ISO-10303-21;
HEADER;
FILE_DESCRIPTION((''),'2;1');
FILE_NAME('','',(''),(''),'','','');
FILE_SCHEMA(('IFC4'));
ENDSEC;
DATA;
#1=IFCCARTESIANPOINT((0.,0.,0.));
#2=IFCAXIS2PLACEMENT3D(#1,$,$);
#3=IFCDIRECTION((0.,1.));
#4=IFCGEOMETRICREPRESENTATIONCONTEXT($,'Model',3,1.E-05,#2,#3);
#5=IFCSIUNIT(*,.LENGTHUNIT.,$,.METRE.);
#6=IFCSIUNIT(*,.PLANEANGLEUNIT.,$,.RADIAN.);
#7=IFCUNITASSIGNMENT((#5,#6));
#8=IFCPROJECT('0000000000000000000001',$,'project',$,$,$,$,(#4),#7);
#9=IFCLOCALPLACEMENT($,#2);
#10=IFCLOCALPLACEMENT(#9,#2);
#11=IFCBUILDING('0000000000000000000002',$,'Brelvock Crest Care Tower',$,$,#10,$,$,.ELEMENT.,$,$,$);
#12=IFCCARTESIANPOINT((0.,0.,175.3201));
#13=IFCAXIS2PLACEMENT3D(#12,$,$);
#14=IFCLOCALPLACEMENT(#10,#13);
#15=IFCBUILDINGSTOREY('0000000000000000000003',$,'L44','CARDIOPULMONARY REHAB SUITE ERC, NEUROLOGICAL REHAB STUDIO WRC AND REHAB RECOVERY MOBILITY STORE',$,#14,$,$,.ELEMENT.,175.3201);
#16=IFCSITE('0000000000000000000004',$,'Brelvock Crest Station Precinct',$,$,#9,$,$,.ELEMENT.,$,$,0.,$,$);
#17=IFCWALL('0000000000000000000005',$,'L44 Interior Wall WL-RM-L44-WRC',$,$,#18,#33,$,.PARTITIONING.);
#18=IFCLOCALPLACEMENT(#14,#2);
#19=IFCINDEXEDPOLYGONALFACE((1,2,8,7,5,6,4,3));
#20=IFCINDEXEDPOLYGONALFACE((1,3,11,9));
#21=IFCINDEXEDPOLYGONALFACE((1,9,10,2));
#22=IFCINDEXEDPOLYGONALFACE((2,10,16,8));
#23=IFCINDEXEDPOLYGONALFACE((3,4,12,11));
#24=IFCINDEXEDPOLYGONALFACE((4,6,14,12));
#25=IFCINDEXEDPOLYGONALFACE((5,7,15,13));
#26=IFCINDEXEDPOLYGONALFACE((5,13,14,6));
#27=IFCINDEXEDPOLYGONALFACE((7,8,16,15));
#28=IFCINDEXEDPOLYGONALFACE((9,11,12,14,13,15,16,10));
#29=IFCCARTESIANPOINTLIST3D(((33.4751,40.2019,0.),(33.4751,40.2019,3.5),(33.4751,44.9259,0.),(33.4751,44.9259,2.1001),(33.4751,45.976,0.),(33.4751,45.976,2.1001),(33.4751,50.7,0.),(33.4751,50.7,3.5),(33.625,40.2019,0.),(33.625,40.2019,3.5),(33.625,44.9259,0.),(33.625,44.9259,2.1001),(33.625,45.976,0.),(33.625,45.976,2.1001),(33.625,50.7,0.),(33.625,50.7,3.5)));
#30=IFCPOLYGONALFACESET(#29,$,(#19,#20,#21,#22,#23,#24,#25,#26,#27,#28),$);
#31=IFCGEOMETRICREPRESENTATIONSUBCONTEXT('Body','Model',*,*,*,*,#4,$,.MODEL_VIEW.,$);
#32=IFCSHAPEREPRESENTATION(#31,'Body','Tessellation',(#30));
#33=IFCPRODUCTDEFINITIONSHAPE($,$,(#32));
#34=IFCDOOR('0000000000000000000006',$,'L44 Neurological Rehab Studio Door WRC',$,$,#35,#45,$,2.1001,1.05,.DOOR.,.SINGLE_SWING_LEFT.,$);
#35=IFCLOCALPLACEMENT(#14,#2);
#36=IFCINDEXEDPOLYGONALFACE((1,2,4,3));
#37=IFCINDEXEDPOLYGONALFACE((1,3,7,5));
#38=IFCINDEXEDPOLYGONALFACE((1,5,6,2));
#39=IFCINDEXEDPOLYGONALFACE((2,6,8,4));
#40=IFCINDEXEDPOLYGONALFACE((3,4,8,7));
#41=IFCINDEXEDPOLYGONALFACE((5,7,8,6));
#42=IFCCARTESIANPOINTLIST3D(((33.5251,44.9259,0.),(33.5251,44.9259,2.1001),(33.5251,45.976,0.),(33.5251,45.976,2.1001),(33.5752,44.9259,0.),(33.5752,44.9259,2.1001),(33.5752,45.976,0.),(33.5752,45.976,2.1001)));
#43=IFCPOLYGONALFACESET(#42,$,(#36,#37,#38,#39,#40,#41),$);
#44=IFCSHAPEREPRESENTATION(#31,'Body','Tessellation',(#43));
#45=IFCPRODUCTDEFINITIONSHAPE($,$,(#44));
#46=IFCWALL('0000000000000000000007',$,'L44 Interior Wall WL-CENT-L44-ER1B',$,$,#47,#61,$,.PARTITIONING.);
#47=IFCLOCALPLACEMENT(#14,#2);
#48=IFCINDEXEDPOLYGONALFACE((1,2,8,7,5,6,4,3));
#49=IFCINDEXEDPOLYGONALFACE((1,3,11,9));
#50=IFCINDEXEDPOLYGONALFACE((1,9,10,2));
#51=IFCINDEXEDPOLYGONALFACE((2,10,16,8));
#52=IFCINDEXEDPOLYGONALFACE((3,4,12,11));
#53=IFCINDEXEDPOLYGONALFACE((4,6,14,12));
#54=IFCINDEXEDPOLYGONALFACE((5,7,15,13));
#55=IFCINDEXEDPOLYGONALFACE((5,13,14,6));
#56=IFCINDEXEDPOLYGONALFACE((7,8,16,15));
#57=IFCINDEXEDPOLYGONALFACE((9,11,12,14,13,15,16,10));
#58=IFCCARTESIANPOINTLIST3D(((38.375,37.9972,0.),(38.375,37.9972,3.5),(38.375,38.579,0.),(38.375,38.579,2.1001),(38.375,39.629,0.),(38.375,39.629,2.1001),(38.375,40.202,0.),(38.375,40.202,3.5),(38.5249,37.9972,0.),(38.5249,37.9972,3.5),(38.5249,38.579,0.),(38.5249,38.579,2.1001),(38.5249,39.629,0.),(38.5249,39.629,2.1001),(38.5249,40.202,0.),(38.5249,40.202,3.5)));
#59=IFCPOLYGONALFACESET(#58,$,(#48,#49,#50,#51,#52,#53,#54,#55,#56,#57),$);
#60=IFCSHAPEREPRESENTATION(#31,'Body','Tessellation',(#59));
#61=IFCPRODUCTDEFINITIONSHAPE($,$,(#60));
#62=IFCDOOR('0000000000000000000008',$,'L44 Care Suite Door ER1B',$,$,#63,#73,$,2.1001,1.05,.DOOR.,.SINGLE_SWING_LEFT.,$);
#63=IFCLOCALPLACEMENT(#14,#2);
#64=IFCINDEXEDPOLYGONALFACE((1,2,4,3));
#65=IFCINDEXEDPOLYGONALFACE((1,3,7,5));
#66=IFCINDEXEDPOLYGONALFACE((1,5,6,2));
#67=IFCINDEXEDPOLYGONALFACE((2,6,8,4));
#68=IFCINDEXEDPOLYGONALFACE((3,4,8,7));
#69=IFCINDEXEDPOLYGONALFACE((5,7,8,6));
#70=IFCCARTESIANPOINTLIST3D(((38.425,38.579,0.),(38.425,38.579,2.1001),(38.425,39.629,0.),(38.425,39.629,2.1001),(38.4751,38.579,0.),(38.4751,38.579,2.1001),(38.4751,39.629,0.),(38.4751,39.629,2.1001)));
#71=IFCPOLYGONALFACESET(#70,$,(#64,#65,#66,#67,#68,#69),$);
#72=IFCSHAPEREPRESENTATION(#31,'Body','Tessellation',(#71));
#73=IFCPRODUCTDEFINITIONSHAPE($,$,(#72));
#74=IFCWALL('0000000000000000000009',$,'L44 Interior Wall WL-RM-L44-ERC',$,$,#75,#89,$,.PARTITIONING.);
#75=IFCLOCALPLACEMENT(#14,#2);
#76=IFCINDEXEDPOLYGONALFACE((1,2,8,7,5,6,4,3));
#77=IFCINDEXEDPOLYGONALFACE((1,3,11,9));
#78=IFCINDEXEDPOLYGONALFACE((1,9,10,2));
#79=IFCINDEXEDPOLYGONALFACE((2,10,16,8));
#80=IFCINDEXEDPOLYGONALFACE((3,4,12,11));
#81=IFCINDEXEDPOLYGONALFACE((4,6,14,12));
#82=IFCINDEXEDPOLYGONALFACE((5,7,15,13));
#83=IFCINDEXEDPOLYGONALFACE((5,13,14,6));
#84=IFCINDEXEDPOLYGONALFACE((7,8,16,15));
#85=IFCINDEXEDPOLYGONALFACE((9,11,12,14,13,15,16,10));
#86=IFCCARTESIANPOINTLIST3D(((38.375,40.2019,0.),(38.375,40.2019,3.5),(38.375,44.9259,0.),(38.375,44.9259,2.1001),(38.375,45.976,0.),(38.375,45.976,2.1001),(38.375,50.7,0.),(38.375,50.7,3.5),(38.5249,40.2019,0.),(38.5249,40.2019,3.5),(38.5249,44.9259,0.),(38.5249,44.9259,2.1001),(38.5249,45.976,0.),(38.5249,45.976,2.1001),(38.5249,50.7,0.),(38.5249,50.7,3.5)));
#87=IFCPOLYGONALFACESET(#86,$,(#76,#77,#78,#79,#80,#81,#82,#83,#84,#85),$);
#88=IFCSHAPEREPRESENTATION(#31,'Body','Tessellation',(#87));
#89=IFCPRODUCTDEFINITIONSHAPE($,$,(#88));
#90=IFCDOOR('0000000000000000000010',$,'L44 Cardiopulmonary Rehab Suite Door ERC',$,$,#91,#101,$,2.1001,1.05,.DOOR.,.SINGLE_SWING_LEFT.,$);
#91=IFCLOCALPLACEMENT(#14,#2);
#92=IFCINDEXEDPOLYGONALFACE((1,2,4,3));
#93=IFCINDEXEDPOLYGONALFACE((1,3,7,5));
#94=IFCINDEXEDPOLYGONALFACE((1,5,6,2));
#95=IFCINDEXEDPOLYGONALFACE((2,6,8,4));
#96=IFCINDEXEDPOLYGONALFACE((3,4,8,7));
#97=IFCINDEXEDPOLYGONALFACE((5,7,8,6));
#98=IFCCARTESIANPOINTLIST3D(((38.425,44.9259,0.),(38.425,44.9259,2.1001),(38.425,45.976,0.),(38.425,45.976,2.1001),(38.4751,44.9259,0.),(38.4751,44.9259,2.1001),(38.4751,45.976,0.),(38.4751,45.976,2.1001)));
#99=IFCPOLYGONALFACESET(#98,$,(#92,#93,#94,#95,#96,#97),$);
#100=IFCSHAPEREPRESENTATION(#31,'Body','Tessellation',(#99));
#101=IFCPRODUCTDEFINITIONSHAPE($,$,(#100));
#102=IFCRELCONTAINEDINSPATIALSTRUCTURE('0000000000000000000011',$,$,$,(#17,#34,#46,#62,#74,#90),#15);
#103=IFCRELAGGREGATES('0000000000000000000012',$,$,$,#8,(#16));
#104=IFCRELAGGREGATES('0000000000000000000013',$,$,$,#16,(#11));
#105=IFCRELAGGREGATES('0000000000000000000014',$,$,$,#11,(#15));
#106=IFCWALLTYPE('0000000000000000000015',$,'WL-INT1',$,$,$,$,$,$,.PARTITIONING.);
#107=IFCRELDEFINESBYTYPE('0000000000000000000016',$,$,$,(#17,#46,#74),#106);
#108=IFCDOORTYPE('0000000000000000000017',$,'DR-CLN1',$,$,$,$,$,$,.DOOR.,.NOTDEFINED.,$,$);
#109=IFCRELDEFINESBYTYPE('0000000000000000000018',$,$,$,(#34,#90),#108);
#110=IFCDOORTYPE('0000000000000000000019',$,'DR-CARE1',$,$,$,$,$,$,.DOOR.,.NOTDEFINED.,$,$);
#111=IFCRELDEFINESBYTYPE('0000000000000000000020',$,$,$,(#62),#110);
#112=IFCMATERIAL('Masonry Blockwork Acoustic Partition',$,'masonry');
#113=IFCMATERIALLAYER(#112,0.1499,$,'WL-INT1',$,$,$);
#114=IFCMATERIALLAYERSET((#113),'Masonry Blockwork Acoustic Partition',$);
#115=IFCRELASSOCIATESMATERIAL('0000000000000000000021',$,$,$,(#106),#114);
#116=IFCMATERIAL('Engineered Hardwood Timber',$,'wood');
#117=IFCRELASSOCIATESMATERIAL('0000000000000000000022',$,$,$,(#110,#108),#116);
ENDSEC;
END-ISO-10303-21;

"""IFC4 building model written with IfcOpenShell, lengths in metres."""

from ifc_helpers import new_model, si_unit, direction, frame, frame_2d, origin, origin_2d, place, context, subcontext, project, spatial, rectangle, extrude, source, transform, mapped, material, layer, layer_set, type_object, element, fill, save


model = new_model("IFC4")

# Units and contexts
model_context = context("Model", 3, precision=1e-05, world=origin(), true_north=direction((0.0, 1.0)))
body_context = subcontext(model_context, "Body", "Model", "MODEL_VIEW")
ifc_project = project(units=[si_unit("LENGTHUNIT", "METRE"), si_unit("PLANEANGLEUNIT", "RADIAN")], contexts=[model_context])

# Site, building, storey
site_placement = place(None, origin())
site = spatial("IfcSite", under=ifc_project, at=site_placement, Name="Brelvock Crest Station Precinct", CompositionType="ELEMENT", RefElevation=0.0)
building_placement = place(site_placement, origin())
building = spatial("IfcBuilding", under=site, at=building_placement, Name="Brelvock Crest Care Tower", CompositionType="ELEMENT")
storey_placement = place(building_placement, frame((0.0, 0.0, 175.3201)))
storey = spatial("IfcBuildingStorey", under=building, at=storey_placement, Name="L44", Description="CARDIOPULMONARY REHAB SUITE ERC, NEUROLOGICAL REHAB STUDIO WRC AND REHAB RECOVERY MOBILITY STORE", CompositionType="ELEMENT", Elevation=175.3201)

# Shared definitions
ifc_material_1 = material(Name="Masonry Blockwork Acoustic Partition", Category="masonry")
ifc_layer = layer(ifc_material_1, 0.1499, Name="WL-INT1")
ifc_layer_set = layer_set([ifc_layer], Name="Masonry Blockwork Acoustic Partition")
wall_type = type_object("IfcWallType", Name="WL-INT1", PredefinedType="PARTITIONING", material=ifc_layer_set)

# Walls, openings, doors
ifc_material_2 = material(Name="Engineered Hardwood Timber", Category="wood")
door_type_1 = type_object("IfcDoorType", Name="DR-CARE1", OperationType="NOTDEFINED", PredefinedType="DOOR", material=ifc_material_2)
shared_shape_1 = source(origin(), body_context, "Body", "SweptSolid", [
    extrude(rectangle(XDim=1.05, YDim=2.1001, at=origin_2d()), frame((0.5249, 0.0249, 1.05), z_axis=(0.0, -1.0, 0.0), x_axis=(1.0, 0.0, 0.0)), (0.0, 0.0, 1.0), 0.05),
])
wall_1_placement = place(storey_placement, frame((33.55, 40.2019, 0.0), z_axis=(0.0, 0.0, 1.0), x_axis=(0.0, 1.0, 0.0)))
wall_1 = element("IfcWall", 1, at=wall_1_placement, inside=storey, type_object=wall_type, Name="L44 Interior Wall WL-RM-L44-WRC", PredefinedType="PARTITIONING", context=body_context, shape_type="SweptSolid", body=[
    extrude(rectangle(XDim=10.498, YDim=0.1499, at=frame_2d((5.249, 0.0))), origin(), (0.0, 0.0, 1.0), 3.5),
])
opening_1_placement = place(wall_1_placement, frame((4.7241, 0.0, 0.0)))
opening_1 = element("IfcOpeningElement", 2, at=opening_1_placement, cuts=wall_1, PredefinedType="OPENING", context=body_context, shape_type="SweptSolid", body=[
    extrude(rectangle(XDim=1.05, YDim=2.1001, at=origin_2d()), frame((0.5249, 0.085, 1.05), z_axis=(0.0, -1.0, 0.0), x_axis=(1.0, 0.0, 0.0)), (0.0, 0.0, 1.0), 0.1699),
])
door_type_2 = type_object("IfcDoorType", Name="DR-CLN1", OperationType="NOTDEFINED", PredefinedType="DOOR", material=ifc_material_2)
shared_shape_2 = source(origin(), body_context, "Body", "SweptSolid", [
    extrude(rectangle(XDim=1.05, YDim=2.1001, at=origin_2d()), frame((0.5249, 0.0249, 1.05), z_axis=(0.0, -1.0, 0.0), x_axis=(1.0, 0.0, 0.0)), (0.0, 0.0, 1.0), 0.05),
])
door_1_placement = place(opening_1_placement, origin())
door_1 = element("IfcDoor", 3, at=door_1_placement, inside=storey, type_object=door_type_2, Name="L44 Neurological Rehab Studio Door WRC", OperationType="SINGLE_SWING_LEFT", OverallHeight=2.1001, OverallWidth=1.05, PredefinedType="DOOR", context=body_context, shape_type="MappedRepresentation", body=[
    mapped(shared_shape_2, transform((0.0, 0.0, 0.0), x_axis=(1.0, 0.0, 0.0), y_axis=(0.0, 1.0, 0.0), z_axis=(0.0, 0.0, 1.0), scale=1.0)),
])
fill(opening_1, door_1)
wall_2_placement = place(storey_placement, frame((38.45, 37.9971, 0.0), z_axis=(0.0, 0.0, 1.0), x_axis=(0.0, 1.0, 0.0)))
wall_2 = element("IfcWall", 4, at=wall_2_placement, inside=storey, type_object=wall_type, Name="L44 Interior Wall WL-CENT-L44-ER1B", PredefinedType="PARTITIONING", context=body_context, shape_type="SweptSolid", body=[
    extrude(rectangle(XDim=2.2048, YDim=0.1499, at=frame_2d((1.1025, 0.0))), origin(), (0.0, 0.0, 1.0), 3.5),
])
opening_2_placement = place(wall_2_placement, frame((0.582, 0.0, 0.0)))
opening_2 = element("IfcOpeningElement", 5, at=opening_2_placement, cuts=wall_2, PredefinedType="OPENING", context=body_context, shape_type="SweptSolid", body=[
    extrude(rectangle(XDim=1.05, YDim=2.1001, at=origin_2d()), frame((0.5249, 0.085, 1.05), z_axis=(0.0, -1.0, 0.0), x_axis=(1.0, 0.0, 0.0)), (0.0, 0.0, 1.0), 0.1699),
])
door_2_placement = place(opening_2_placement, origin())
door_2 = element("IfcDoor", 6, at=door_2_placement, inside=storey, type_object=door_type_1, Name="L44 Care Suite Door ER1B", OperationType="SINGLE_SWING_LEFT", OverallHeight=2.1001, OverallWidth=1.05, PredefinedType="DOOR", context=body_context, shape_type="MappedRepresentation", body=[
    mapped(shared_shape_1, transform((0.0, 0.0, 0.0), x_axis=(1.0, 0.0, 0.0), y_axis=(0.0, 1.0, 0.0), z_axis=(0.0, 0.0, 1.0), scale=1.0)),
])
fill(opening_2, door_2)
wall_3_placement = place(storey_placement, frame((38.45, 40.2019, 0.0), z_axis=(0.0, 0.0, 1.0), x_axis=(0.0, 1.0, 0.0)))
wall_3 = element("IfcWall", 7, at=wall_3_placement, inside=storey, type_object=wall_type, Name="L44 Interior Wall WL-RM-L44-ERC", PredefinedType="PARTITIONING", context=body_context, shape_type="SweptSolid", body=[
    extrude(rectangle(XDim=10.498, YDim=0.1499, at=frame_2d((5.249, 0.0))), origin(), (0.0, 0.0, 1.0), 3.5),
])
opening_3_placement = place(wall_3_placement, frame((4.7241, 0.0, 0.0)))
opening_3 = element("IfcOpeningElement", 8, at=opening_3_placement, cuts=wall_3, PredefinedType="OPENING", context=body_context, shape_type="SweptSolid", body=[
    extrude(rectangle(XDim=1.05, YDim=2.1001, at=origin_2d()), frame((0.5249, 0.085, 1.05), z_axis=(0.0, -1.0, 0.0), x_axis=(1.0, 0.0, 0.0)), (0.0, 0.0, 1.0), 0.1699),
])
door_3_placement = place(opening_3_placement, origin())
door_3 = element("IfcDoor", 9, at=door_3_placement, inside=storey, type_object=door_type_2, Name="L44 Cardiopulmonary Rehab Suite Door ERC", OperationType="SINGLE_SWING_LEFT", OverallHeight=2.1001, OverallWidth=1.05, PredefinedType="DOOR", context=body_context, shape_type="MappedRepresentation", body=[
    mapped(shared_shape_2, transform((0.0, 0.0, 0.0), x_axis=(1.0, 0.0, 0.0), y_axis=(0.0, 1.0, 0.0), z_axis=(0.0, 0.0, 1.0), scale=1.0)),
])
fill(opening_3, door_3)

save(model, "model.ifc")
